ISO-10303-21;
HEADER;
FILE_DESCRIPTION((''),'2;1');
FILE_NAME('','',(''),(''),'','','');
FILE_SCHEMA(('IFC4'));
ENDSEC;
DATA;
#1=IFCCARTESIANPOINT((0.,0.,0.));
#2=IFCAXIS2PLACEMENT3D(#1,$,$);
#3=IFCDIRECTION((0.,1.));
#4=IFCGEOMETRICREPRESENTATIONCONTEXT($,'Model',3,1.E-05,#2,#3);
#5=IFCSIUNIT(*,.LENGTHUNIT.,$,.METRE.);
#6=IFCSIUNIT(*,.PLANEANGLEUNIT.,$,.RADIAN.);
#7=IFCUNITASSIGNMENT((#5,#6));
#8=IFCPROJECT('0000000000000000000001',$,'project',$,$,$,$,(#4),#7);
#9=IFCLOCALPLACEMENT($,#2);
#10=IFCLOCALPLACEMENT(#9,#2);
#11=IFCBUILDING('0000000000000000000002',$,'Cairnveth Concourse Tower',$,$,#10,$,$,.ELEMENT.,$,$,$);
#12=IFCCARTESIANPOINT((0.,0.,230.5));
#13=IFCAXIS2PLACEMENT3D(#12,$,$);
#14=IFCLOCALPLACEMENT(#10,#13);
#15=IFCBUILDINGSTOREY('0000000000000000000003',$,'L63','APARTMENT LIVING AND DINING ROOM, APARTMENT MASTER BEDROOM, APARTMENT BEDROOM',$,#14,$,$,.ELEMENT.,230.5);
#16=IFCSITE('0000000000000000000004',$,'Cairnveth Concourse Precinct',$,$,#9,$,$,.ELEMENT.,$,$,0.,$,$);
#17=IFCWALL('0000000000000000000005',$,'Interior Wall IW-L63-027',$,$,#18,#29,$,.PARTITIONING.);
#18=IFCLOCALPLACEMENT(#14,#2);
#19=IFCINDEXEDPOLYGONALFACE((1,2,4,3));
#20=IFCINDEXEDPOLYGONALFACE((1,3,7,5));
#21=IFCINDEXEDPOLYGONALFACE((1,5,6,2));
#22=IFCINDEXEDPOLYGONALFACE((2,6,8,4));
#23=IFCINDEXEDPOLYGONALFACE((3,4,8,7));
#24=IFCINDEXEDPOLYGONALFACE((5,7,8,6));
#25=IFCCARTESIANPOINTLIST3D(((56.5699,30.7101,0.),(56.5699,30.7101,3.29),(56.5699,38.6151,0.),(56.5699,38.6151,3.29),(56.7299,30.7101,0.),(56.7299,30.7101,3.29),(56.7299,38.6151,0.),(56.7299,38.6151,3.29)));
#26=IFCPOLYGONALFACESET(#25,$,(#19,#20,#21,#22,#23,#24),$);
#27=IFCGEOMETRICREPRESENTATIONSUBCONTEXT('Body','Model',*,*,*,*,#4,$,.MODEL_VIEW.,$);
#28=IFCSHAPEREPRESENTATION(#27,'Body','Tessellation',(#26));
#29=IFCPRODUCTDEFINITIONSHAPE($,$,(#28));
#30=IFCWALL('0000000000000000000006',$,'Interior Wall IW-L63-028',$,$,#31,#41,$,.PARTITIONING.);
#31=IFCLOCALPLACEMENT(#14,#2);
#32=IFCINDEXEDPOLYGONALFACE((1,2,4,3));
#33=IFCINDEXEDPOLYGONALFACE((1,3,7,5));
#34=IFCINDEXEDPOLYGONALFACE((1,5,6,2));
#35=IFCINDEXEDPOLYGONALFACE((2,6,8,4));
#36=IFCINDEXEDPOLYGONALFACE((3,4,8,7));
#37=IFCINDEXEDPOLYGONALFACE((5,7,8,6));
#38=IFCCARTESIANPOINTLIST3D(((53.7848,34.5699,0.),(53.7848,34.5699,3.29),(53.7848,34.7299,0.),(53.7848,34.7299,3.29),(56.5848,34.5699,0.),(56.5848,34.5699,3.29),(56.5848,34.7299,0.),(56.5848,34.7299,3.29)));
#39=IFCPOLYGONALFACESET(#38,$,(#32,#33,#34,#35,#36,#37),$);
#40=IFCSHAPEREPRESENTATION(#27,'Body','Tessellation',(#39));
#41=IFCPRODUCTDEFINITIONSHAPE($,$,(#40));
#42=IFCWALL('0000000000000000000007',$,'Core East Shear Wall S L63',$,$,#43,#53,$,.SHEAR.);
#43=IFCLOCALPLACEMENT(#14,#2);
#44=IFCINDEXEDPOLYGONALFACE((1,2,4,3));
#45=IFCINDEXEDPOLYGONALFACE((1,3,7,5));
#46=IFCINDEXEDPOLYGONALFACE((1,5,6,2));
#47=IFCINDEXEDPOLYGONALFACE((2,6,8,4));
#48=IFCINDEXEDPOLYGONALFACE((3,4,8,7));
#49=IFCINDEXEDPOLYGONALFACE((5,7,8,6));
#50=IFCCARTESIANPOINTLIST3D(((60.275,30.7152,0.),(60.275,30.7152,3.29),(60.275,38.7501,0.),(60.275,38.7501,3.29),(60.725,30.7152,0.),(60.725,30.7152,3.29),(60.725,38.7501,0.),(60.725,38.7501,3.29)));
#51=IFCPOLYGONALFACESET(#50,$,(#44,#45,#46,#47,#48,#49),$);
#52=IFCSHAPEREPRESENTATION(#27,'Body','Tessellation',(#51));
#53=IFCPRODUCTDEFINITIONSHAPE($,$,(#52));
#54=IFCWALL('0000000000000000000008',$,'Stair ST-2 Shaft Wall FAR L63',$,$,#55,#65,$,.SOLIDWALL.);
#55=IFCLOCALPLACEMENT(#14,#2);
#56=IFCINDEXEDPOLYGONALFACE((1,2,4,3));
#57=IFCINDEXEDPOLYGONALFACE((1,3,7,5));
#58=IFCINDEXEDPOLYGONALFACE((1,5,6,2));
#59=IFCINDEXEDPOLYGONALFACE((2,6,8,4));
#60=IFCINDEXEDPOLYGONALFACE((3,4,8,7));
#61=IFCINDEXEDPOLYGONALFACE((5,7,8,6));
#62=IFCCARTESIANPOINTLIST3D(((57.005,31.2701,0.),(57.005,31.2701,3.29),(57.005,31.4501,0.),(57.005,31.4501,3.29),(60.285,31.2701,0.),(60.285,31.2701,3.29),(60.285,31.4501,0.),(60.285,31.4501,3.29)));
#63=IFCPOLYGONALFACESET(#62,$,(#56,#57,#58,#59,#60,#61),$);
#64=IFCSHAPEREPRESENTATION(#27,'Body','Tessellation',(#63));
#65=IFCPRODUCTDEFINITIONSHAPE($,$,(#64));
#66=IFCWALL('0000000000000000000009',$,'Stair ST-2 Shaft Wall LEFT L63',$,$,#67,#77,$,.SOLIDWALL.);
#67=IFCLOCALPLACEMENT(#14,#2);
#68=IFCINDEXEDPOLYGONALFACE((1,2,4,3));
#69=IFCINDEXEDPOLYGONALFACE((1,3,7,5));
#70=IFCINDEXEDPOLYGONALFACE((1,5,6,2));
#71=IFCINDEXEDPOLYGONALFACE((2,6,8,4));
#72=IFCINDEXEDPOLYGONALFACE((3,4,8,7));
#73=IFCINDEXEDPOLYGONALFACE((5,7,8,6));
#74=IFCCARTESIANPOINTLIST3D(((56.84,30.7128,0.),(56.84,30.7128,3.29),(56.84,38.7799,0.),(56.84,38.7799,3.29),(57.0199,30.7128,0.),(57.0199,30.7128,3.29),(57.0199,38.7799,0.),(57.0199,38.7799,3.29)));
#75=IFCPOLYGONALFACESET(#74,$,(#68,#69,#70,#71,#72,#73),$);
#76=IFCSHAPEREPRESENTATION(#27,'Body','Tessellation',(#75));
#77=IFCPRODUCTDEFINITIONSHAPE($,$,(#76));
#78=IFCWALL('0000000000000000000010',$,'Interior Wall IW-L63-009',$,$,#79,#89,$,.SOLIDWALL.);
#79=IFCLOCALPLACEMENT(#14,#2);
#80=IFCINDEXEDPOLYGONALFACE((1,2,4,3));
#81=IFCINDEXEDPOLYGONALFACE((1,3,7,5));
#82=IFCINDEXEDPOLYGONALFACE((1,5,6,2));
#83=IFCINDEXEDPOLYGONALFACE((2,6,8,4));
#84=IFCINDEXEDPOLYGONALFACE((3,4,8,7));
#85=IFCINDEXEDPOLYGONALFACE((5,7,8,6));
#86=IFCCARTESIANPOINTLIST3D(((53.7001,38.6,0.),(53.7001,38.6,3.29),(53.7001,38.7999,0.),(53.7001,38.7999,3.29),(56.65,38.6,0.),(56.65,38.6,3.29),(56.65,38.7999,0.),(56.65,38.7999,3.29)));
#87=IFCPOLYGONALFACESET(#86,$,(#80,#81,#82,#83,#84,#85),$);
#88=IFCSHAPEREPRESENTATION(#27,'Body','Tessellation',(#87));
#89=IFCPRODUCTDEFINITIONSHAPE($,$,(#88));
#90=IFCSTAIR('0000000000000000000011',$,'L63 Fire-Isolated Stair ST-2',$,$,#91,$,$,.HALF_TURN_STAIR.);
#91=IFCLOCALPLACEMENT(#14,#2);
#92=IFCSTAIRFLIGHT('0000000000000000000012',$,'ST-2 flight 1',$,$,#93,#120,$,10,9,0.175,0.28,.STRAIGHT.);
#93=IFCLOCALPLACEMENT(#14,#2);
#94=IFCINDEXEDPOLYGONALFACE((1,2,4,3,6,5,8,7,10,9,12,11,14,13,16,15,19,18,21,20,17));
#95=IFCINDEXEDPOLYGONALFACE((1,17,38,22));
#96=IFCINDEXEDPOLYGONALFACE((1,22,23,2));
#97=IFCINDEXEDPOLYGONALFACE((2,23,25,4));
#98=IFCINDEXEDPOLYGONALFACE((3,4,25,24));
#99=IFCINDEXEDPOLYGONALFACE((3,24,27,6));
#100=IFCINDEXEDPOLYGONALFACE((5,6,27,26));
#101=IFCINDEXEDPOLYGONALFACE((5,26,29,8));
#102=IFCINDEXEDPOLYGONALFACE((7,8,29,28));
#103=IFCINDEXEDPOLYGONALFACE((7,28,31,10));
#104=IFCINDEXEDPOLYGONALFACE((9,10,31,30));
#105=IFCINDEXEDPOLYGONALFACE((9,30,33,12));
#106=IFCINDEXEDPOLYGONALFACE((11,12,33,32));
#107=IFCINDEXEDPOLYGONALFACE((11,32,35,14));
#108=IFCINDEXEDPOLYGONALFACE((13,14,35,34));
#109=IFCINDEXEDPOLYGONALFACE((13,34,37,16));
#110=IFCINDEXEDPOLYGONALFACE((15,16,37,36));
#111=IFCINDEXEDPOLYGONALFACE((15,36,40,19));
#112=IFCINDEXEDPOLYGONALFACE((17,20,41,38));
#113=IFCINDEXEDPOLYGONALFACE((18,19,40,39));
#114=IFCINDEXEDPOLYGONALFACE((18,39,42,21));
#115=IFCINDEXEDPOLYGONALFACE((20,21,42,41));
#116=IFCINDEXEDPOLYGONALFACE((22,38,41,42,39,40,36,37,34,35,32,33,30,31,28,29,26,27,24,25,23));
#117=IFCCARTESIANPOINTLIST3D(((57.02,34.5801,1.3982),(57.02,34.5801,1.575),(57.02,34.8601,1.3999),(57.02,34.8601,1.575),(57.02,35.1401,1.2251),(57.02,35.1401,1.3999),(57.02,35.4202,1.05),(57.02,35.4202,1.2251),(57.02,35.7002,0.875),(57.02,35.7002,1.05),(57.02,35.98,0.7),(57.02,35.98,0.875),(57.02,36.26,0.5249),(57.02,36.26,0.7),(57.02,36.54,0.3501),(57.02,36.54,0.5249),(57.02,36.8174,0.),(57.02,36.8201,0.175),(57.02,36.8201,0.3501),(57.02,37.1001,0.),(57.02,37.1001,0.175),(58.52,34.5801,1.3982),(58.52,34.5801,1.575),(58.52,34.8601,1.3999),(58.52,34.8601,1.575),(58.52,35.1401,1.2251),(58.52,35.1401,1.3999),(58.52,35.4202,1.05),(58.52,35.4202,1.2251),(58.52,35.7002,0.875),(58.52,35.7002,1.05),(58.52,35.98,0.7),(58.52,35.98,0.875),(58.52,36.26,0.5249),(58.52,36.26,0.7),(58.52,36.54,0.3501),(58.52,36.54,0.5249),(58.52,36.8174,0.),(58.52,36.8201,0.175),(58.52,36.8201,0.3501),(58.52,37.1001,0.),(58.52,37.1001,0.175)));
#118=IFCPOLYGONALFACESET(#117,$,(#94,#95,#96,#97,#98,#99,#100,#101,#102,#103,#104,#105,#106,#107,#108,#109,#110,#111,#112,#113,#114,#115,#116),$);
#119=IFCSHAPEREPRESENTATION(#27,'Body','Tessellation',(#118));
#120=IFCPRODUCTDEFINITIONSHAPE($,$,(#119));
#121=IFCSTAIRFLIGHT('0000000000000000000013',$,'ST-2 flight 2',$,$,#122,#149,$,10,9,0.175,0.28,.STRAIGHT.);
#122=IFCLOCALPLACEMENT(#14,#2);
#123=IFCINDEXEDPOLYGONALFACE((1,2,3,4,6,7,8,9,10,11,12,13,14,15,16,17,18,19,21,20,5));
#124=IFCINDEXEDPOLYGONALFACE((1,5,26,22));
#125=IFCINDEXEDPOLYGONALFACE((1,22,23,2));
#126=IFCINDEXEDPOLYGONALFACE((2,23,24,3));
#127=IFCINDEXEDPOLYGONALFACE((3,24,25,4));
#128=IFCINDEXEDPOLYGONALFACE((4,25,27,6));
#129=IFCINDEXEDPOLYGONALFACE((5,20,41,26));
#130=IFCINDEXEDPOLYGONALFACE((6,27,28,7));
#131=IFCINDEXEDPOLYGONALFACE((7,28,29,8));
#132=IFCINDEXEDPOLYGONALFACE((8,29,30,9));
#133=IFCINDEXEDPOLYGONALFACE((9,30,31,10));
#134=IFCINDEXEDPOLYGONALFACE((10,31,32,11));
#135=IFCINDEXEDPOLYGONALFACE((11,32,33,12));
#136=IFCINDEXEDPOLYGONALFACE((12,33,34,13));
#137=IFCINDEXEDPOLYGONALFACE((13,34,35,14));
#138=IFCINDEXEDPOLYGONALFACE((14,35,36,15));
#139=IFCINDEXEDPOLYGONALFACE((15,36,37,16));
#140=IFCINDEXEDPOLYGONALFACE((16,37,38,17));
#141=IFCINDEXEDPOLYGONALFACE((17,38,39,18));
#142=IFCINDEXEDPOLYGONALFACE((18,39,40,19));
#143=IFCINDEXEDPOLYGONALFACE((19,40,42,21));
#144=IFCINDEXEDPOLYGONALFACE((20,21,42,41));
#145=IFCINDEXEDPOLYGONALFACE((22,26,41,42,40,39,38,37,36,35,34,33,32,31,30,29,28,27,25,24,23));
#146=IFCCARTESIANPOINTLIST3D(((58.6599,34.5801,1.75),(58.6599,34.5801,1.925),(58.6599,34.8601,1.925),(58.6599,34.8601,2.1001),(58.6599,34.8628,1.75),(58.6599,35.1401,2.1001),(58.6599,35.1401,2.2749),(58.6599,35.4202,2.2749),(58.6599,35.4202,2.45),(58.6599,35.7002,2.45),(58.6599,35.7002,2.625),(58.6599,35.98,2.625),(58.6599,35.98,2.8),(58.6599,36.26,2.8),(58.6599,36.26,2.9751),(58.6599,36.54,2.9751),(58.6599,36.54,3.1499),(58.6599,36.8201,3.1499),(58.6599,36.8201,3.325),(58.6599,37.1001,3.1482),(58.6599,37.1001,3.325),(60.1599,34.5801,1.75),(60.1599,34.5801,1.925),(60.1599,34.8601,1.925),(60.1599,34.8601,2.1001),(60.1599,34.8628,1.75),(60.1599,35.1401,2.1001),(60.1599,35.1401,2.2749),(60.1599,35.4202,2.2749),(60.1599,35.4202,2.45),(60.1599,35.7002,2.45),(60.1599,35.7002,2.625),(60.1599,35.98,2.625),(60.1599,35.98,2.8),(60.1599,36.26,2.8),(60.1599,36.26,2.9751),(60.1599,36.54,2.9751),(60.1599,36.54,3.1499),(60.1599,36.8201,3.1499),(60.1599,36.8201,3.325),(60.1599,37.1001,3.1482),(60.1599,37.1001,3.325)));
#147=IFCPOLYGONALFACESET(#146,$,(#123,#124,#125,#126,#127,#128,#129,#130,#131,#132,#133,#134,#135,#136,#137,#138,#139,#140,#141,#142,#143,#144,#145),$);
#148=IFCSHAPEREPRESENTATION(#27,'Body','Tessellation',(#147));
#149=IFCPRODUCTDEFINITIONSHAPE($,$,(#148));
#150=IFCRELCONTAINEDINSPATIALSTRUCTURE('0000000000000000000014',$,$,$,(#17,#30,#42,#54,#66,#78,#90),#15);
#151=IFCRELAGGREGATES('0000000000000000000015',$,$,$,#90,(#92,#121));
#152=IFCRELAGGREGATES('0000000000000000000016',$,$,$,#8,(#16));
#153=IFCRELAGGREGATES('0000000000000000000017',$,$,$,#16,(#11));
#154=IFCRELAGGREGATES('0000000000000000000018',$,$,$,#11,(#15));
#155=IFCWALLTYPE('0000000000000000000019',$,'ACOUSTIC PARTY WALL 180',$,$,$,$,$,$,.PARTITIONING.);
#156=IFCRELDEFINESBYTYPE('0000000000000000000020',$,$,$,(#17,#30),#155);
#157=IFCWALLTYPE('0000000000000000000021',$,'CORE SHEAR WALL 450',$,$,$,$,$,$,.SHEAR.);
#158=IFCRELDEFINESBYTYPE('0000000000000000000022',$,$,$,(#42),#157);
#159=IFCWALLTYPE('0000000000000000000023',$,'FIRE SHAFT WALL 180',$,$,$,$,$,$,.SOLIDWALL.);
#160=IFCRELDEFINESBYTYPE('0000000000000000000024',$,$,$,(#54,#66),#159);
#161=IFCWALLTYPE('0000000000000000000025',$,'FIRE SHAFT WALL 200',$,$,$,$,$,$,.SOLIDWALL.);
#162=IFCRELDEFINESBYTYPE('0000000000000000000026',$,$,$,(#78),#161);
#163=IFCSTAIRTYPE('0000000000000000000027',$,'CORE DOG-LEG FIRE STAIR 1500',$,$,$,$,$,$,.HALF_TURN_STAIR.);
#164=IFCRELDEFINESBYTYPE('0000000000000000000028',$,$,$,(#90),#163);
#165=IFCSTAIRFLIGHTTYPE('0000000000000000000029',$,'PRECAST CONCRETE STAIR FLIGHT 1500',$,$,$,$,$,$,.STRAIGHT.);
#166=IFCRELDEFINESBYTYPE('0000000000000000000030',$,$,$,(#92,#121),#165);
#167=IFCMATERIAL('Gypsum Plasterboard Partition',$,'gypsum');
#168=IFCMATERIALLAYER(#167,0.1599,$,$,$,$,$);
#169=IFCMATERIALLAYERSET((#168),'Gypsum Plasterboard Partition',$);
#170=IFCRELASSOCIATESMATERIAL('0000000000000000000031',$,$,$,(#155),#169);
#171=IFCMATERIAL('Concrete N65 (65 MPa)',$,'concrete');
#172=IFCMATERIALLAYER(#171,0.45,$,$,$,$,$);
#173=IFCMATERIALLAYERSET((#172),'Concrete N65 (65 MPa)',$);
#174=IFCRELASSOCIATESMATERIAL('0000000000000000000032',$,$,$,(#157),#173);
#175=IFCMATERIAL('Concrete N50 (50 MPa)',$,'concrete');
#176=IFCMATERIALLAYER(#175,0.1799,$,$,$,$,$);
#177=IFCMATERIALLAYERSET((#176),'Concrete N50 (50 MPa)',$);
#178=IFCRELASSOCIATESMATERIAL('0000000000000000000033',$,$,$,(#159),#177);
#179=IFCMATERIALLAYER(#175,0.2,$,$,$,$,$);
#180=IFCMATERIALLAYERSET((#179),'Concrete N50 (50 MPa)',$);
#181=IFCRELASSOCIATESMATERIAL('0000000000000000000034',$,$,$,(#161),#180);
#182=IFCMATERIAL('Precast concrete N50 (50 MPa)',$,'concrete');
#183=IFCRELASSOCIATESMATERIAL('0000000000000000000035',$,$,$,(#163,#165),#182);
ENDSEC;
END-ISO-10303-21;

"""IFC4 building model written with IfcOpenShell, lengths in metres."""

from ifc_helpers import new_model, si_unit, direction, frame, frame_2d, origin, place, context, subcontext, project, spatial, polyline, rectangle, outline, extrude, material, layer, layer_set, type_object, element, aggregate, save


model = new_model("IFC4")

# Units and contexts
model_context = context("Model", 3, precision=1e-05, world=origin(), true_north=direction((0.0, 1.0)))
body_context = subcontext(model_context, "Body", "Model", "MODEL_VIEW")
ifc_project = project(units=[si_unit("LENGTHUNIT", "METRE"), si_unit("PLANEANGLEUNIT", "RADIAN")], contexts=[model_context])

# Site, building, storey
site_placement = place(None, origin())
site = spatial("IfcSite", under=ifc_project, at=site_placement, Name="Cairnveth Concourse Precinct", CompositionType="ELEMENT", RefElevation=0.0)
building_placement = place(site_placement, origin())
building = spatial("IfcBuilding", under=site, at=building_placement, Name="Cairnveth Concourse Tower", CompositionType="ELEMENT")
storey_placement = place(building_placement, frame((0.0, 0.0, 230.5)))
storey = spatial("IfcBuildingStorey", under=building, at=storey_placement, Name="L63", Description="APARTMENT LIVING AND DINING ROOM, APARTMENT MASTER BEDROOM, APARTMENT BEDROOM", CompositionType="ELEMENT", Elevation=230.5)

# Walls
ifc_material_1 = material(Name="Gypsum Plasterboard Partition", Category="gypsum")
ifc_layer_1 = layer(ifc_material_1, 0.1599)
ifc_layer_set_1 = layer_set([ifc_layer_1], Name="Gypsum Plasterboard Partition")
wall_type_1 = type_object("IfcWallType", Name="ACOUSTIC PARTY WALL 180", PredefinedType="PARTITIONING", material=ifc_layer_set_1)
wall_1_placement = place(storey_placement, frame((56.6499, 30.71, 0.0), z_axis=(0.0, 0.0, 1.0), x_axis=(0.0, 1.0, 0.0)))
element("IfcWall", 1, at=wall_1_placement, inside=storey, type_object=wall_type_1, Name="Interior Wall IW-L63-027", PredefinedType="PARTITIONING", context=body_context, shape_type="SweptSolid", body=[
    extrude(rectangle(XDim=7.905, YDim=0.1599, at=frame_2d((3.9526, 0.0))), origin(), (0.0, 0.0, 1.0), 3.29),
])
wall_2_placement = place(storey_placement, frame((53.7849, 34.6499, 0.0), z_axis=(0.0, 0.0, 1.0), x_axis=(1.0, 0.0, 0.0)))
element("IfcWall", 2, at=wall_2_placement, inside=storey, type_object=wall_type_1, Name="Interior Wall IW-L63-028", PredefinedType="PARTITIONING", context=body_context, shape_type="SweptSolid", body=[
    extrude(rectangle(XDim=2.8, YDim=0.1599, at=frame_2d((1.3999, 0.0))), origin(), (0.0, 0.0, 1.0), 3.29),
])
ifc_material_2 = material(Name="Concrete N65 (65 MPa)", Category="concrete")
ifc_layer_2 = layer(ifc_material_2, 0.45)
ifc_layer_set_2 = layer_set([ifc_layer_2], Name="Concrete N65 (65 MPa)")
wall_type_2 = type_object("IfcWallType", Name="CORE SHEAR WALL 450", PredefinedType="SHEAR", material=ifc_layer_set_2)
wall_3_placement = place(storey_placement, frame((60.5, 30.7151, 0.0), z_axis=(0.0, 0.0, 1.0), x_axis=(0.0, 1.0, 0.0)))
element("IfcWall", 3, at=wall_3_placement, inside=storey, type_object=wall_type_2, Name="Core East Shear Wall S L63", PredefinedType="SHEAR", context=body_context, shape_type="SweptSolid", body=[
    extrude(rectangle(XDim=8.0349, YDim=0.45, at=frame_2d((4.0176, 0.0))), origin(), (0.0, 0.0, 1.0), 3.29),
])

# Shared definitions
ifc_material_3 = material(Name="Concrete N50 (50 MPa)", Category="concrete")
ifc_layer_3 = layer(ifc_material_3, 0.1799)
ifc_layer_set_3 = layer_set([ifc_layer_3], Name="Concrete N50 (50 MPa)")
wall_type_3 = type_object("IfcWallType", Name="FIRE SHAFT WALL 180", PredefinedType="SOLIDWALL", material=ifc_layer_set_3)

# Walls
wall_4_placement = place(storey_placement, frame((57.0049, 31.3601, 0.0), z_axis=(0.0, 0.0, 1.0), x_axis=(1.0, 0.0, 0.0)))
element("IfcWall", 4, at=wall_4_placement, inside=storey, type_object=wall_type_3, Name="Stair ST-2 Shaft Wall FAR L63", PredefinedType="SOLIDWALL", context=body_context, shape_type="SweptSolid", body=[
    extrude(rectangle(XDim=3.28, YDim=0.1799, at=frame_2d((1.6401, 0.0))), origin(), (0.0, 0.0, 1.0), 3.29),
])
wall_5_placement = place(storey_placement, frame((56.9299, 38.78, 0.0), z_axis=(0.0, 0.0, 1.0), x_axis=(0.0, -1.0, 0.0)))
element("IfcWall", 5, at=wall_5_placement, inside=storey, type_object=wall_type_3, Name="Stair ST-2 Shaft Wall LEFT L63", PredefinedType="SOLIDWALL", context=body_context, shape_type="SweptSolid", body=[
    extrude(rectangle(XDim=8.0671, YDim=0.1799, at=frame_2d((4.0337, 0.0))), origin(), (0.0, 0.0, 1.0), 3.29),
])
ifc_layer_4 = layer(ifc_material_3, 0.2)
ifc_layer_set_4 = layer_set([ifc_layer_4], Name="Concrete N50 (50 MPa)")
wall_type_4 = type_object("IfcWallType", Name="FIRE SHAFT WALL 200", PredefinedType="SOLIDWALL", material=ifc_layer_set_4)
wall_6_placement = place(storey_placement, frame((53.7, 38.7, 0.0), z_axis=(0.0, 0.0, 1.0), x_axis=(1.0, 0.0, 0.0)))
element("IfcWall", 6, at=wall_6_placement, inside=storey, type_object=wall_type_4, Name="Interior Wall IW-L63-009", PredefinedType="SOLIDWALL", context=body_context, shape_type="SweptSolid", body=[
    extrude(rectangle(XDim=2.95, YDim=0.2, at=frame_2d((1.4751, 0.0))), origin(), (0.0, 0.0, 1.0), 3.29),
])

# Stair, stair flights
ifc_material_4 = material(Name="Precast concrete N50 (50 MPa)", Category="concrete")
stair_type = type_object("IfcStairType", Name="CORE DOG-LEG FIRE STAIR 1500", PredefinedType="HALF_TURN_STAIR", material=ifc_material_4)
stair_placement = place(storey_placement, origin())
stair = element("IfcStair", 7, at=stair_placement, inside=storey, type_object=stair_type, Name="L63 Fire-Isolated Stair ST-2", PredefinedType="HALF_TURN_STAIR")
stair_flight_type = type_object("IfcStairFlightType", Name="PRECAST CONCRETE STAIR FLIGHT 1500", PredefinedType="STRAIGHT", material=ifc_material_4)
stair_flight_1_placement = place(storey_placement, frame((57.77, 37.1001, 0.0), z_axis=(0.0, 0.0, 1.0), x_axis=(0.0, -1.0, 0.0)))
stair_flight_1 = element("IfcStairFlight", 8, at=stair_flight_1_placement, type_object=stair_flight_type, Name="ST-2 flight 1", NumberOfRisers=10, NumberOfTreads=9, PredefinedType="STRAIGHT", RiserHeight=0.175, TreadLength=0.28, context=body_context, shape_type="SweptSolid", body=[
    extrude(outline(polyline([(0.0, 0.0), (0.0, 0.175), (0.28, 0.175), (0.28, 0.3501), (0.5601, 0.3501), (0.5601, 0.5249), (0.8401, 0.5249), (0.8401, 0.7), (1.1201, 0.7), (1.1201, 0.875), (1.3999, 0.875), (1.3999, 1.05), (1.6799, 1.05), (1.6799, 1.2251), (1.96, 1.2251), (1.96, 1.3999), (2.24, 1.3999), (2.24, 1.575), (2.52, 1.575), (2.52, 1.75), (2.52, 1.3982), (0.2827, 0.0), (0.0, 0.0)])), frame((0.0, 0.75, 0.0), z_axis=(0.0, -1.0, 0.0), x_axis=(1.0, 0.0, 0.0)), (0.0, 0.0, 1.0), 1.5),
])
stair_flight_2_placement = place(storey_placement, frame((59.4099, 34.5801, 1.75), z_axis=(0.0, 0.0, 1.0), x_axis=(0.0, 1.0, 0.0)))
stair_flight_2 = element("IfcStairFlight", 9, at=stair_flight_2_placement, type_object=stair_flight_type, Name="ST-2 flight 2", NumberOfRisers=10, NumberOfTreads=9, PredefinedType="STRAIGHT", RiserHeight=0.175, TreadLength=0.28, context=body_context, shape_type="SweptSolid", body=[
    extrude(outline(polyline([(0.0, 0.0), (0.0, 0.175), (0.28, 0.175), (0.28, 0.3501), (0.5601, 0.3501), (0.5601, 0.5249), (0.8401, 0.5249), (0.8401, 0.7), (1.1201, 0.7), (1.1201, 0.875), (1.3999, 0.875), (1.3999, 1.05), (1.6799, 1.05), (1.6799, 1.2251), (1.96, 1.2251), (1.96, 1.3999), (2.24, 1.3999), (2.24, 1.575), (2.52, 1.575), (2.52, 1.75), (2.52, 1.3982), (0.2827, 0.0), (0.0, 0.0)])), frame((0.0, 0.75, 0.0), z_axis=(0.0, -1.0, 0.0), x_axis=(1.0, 0.0, 0.0)), (0.0, 0.0, 1.0), 1.5),
])
aggregate(stair, [stair_flight_1, stair_flight_2])

save(model, "model.ifc")
